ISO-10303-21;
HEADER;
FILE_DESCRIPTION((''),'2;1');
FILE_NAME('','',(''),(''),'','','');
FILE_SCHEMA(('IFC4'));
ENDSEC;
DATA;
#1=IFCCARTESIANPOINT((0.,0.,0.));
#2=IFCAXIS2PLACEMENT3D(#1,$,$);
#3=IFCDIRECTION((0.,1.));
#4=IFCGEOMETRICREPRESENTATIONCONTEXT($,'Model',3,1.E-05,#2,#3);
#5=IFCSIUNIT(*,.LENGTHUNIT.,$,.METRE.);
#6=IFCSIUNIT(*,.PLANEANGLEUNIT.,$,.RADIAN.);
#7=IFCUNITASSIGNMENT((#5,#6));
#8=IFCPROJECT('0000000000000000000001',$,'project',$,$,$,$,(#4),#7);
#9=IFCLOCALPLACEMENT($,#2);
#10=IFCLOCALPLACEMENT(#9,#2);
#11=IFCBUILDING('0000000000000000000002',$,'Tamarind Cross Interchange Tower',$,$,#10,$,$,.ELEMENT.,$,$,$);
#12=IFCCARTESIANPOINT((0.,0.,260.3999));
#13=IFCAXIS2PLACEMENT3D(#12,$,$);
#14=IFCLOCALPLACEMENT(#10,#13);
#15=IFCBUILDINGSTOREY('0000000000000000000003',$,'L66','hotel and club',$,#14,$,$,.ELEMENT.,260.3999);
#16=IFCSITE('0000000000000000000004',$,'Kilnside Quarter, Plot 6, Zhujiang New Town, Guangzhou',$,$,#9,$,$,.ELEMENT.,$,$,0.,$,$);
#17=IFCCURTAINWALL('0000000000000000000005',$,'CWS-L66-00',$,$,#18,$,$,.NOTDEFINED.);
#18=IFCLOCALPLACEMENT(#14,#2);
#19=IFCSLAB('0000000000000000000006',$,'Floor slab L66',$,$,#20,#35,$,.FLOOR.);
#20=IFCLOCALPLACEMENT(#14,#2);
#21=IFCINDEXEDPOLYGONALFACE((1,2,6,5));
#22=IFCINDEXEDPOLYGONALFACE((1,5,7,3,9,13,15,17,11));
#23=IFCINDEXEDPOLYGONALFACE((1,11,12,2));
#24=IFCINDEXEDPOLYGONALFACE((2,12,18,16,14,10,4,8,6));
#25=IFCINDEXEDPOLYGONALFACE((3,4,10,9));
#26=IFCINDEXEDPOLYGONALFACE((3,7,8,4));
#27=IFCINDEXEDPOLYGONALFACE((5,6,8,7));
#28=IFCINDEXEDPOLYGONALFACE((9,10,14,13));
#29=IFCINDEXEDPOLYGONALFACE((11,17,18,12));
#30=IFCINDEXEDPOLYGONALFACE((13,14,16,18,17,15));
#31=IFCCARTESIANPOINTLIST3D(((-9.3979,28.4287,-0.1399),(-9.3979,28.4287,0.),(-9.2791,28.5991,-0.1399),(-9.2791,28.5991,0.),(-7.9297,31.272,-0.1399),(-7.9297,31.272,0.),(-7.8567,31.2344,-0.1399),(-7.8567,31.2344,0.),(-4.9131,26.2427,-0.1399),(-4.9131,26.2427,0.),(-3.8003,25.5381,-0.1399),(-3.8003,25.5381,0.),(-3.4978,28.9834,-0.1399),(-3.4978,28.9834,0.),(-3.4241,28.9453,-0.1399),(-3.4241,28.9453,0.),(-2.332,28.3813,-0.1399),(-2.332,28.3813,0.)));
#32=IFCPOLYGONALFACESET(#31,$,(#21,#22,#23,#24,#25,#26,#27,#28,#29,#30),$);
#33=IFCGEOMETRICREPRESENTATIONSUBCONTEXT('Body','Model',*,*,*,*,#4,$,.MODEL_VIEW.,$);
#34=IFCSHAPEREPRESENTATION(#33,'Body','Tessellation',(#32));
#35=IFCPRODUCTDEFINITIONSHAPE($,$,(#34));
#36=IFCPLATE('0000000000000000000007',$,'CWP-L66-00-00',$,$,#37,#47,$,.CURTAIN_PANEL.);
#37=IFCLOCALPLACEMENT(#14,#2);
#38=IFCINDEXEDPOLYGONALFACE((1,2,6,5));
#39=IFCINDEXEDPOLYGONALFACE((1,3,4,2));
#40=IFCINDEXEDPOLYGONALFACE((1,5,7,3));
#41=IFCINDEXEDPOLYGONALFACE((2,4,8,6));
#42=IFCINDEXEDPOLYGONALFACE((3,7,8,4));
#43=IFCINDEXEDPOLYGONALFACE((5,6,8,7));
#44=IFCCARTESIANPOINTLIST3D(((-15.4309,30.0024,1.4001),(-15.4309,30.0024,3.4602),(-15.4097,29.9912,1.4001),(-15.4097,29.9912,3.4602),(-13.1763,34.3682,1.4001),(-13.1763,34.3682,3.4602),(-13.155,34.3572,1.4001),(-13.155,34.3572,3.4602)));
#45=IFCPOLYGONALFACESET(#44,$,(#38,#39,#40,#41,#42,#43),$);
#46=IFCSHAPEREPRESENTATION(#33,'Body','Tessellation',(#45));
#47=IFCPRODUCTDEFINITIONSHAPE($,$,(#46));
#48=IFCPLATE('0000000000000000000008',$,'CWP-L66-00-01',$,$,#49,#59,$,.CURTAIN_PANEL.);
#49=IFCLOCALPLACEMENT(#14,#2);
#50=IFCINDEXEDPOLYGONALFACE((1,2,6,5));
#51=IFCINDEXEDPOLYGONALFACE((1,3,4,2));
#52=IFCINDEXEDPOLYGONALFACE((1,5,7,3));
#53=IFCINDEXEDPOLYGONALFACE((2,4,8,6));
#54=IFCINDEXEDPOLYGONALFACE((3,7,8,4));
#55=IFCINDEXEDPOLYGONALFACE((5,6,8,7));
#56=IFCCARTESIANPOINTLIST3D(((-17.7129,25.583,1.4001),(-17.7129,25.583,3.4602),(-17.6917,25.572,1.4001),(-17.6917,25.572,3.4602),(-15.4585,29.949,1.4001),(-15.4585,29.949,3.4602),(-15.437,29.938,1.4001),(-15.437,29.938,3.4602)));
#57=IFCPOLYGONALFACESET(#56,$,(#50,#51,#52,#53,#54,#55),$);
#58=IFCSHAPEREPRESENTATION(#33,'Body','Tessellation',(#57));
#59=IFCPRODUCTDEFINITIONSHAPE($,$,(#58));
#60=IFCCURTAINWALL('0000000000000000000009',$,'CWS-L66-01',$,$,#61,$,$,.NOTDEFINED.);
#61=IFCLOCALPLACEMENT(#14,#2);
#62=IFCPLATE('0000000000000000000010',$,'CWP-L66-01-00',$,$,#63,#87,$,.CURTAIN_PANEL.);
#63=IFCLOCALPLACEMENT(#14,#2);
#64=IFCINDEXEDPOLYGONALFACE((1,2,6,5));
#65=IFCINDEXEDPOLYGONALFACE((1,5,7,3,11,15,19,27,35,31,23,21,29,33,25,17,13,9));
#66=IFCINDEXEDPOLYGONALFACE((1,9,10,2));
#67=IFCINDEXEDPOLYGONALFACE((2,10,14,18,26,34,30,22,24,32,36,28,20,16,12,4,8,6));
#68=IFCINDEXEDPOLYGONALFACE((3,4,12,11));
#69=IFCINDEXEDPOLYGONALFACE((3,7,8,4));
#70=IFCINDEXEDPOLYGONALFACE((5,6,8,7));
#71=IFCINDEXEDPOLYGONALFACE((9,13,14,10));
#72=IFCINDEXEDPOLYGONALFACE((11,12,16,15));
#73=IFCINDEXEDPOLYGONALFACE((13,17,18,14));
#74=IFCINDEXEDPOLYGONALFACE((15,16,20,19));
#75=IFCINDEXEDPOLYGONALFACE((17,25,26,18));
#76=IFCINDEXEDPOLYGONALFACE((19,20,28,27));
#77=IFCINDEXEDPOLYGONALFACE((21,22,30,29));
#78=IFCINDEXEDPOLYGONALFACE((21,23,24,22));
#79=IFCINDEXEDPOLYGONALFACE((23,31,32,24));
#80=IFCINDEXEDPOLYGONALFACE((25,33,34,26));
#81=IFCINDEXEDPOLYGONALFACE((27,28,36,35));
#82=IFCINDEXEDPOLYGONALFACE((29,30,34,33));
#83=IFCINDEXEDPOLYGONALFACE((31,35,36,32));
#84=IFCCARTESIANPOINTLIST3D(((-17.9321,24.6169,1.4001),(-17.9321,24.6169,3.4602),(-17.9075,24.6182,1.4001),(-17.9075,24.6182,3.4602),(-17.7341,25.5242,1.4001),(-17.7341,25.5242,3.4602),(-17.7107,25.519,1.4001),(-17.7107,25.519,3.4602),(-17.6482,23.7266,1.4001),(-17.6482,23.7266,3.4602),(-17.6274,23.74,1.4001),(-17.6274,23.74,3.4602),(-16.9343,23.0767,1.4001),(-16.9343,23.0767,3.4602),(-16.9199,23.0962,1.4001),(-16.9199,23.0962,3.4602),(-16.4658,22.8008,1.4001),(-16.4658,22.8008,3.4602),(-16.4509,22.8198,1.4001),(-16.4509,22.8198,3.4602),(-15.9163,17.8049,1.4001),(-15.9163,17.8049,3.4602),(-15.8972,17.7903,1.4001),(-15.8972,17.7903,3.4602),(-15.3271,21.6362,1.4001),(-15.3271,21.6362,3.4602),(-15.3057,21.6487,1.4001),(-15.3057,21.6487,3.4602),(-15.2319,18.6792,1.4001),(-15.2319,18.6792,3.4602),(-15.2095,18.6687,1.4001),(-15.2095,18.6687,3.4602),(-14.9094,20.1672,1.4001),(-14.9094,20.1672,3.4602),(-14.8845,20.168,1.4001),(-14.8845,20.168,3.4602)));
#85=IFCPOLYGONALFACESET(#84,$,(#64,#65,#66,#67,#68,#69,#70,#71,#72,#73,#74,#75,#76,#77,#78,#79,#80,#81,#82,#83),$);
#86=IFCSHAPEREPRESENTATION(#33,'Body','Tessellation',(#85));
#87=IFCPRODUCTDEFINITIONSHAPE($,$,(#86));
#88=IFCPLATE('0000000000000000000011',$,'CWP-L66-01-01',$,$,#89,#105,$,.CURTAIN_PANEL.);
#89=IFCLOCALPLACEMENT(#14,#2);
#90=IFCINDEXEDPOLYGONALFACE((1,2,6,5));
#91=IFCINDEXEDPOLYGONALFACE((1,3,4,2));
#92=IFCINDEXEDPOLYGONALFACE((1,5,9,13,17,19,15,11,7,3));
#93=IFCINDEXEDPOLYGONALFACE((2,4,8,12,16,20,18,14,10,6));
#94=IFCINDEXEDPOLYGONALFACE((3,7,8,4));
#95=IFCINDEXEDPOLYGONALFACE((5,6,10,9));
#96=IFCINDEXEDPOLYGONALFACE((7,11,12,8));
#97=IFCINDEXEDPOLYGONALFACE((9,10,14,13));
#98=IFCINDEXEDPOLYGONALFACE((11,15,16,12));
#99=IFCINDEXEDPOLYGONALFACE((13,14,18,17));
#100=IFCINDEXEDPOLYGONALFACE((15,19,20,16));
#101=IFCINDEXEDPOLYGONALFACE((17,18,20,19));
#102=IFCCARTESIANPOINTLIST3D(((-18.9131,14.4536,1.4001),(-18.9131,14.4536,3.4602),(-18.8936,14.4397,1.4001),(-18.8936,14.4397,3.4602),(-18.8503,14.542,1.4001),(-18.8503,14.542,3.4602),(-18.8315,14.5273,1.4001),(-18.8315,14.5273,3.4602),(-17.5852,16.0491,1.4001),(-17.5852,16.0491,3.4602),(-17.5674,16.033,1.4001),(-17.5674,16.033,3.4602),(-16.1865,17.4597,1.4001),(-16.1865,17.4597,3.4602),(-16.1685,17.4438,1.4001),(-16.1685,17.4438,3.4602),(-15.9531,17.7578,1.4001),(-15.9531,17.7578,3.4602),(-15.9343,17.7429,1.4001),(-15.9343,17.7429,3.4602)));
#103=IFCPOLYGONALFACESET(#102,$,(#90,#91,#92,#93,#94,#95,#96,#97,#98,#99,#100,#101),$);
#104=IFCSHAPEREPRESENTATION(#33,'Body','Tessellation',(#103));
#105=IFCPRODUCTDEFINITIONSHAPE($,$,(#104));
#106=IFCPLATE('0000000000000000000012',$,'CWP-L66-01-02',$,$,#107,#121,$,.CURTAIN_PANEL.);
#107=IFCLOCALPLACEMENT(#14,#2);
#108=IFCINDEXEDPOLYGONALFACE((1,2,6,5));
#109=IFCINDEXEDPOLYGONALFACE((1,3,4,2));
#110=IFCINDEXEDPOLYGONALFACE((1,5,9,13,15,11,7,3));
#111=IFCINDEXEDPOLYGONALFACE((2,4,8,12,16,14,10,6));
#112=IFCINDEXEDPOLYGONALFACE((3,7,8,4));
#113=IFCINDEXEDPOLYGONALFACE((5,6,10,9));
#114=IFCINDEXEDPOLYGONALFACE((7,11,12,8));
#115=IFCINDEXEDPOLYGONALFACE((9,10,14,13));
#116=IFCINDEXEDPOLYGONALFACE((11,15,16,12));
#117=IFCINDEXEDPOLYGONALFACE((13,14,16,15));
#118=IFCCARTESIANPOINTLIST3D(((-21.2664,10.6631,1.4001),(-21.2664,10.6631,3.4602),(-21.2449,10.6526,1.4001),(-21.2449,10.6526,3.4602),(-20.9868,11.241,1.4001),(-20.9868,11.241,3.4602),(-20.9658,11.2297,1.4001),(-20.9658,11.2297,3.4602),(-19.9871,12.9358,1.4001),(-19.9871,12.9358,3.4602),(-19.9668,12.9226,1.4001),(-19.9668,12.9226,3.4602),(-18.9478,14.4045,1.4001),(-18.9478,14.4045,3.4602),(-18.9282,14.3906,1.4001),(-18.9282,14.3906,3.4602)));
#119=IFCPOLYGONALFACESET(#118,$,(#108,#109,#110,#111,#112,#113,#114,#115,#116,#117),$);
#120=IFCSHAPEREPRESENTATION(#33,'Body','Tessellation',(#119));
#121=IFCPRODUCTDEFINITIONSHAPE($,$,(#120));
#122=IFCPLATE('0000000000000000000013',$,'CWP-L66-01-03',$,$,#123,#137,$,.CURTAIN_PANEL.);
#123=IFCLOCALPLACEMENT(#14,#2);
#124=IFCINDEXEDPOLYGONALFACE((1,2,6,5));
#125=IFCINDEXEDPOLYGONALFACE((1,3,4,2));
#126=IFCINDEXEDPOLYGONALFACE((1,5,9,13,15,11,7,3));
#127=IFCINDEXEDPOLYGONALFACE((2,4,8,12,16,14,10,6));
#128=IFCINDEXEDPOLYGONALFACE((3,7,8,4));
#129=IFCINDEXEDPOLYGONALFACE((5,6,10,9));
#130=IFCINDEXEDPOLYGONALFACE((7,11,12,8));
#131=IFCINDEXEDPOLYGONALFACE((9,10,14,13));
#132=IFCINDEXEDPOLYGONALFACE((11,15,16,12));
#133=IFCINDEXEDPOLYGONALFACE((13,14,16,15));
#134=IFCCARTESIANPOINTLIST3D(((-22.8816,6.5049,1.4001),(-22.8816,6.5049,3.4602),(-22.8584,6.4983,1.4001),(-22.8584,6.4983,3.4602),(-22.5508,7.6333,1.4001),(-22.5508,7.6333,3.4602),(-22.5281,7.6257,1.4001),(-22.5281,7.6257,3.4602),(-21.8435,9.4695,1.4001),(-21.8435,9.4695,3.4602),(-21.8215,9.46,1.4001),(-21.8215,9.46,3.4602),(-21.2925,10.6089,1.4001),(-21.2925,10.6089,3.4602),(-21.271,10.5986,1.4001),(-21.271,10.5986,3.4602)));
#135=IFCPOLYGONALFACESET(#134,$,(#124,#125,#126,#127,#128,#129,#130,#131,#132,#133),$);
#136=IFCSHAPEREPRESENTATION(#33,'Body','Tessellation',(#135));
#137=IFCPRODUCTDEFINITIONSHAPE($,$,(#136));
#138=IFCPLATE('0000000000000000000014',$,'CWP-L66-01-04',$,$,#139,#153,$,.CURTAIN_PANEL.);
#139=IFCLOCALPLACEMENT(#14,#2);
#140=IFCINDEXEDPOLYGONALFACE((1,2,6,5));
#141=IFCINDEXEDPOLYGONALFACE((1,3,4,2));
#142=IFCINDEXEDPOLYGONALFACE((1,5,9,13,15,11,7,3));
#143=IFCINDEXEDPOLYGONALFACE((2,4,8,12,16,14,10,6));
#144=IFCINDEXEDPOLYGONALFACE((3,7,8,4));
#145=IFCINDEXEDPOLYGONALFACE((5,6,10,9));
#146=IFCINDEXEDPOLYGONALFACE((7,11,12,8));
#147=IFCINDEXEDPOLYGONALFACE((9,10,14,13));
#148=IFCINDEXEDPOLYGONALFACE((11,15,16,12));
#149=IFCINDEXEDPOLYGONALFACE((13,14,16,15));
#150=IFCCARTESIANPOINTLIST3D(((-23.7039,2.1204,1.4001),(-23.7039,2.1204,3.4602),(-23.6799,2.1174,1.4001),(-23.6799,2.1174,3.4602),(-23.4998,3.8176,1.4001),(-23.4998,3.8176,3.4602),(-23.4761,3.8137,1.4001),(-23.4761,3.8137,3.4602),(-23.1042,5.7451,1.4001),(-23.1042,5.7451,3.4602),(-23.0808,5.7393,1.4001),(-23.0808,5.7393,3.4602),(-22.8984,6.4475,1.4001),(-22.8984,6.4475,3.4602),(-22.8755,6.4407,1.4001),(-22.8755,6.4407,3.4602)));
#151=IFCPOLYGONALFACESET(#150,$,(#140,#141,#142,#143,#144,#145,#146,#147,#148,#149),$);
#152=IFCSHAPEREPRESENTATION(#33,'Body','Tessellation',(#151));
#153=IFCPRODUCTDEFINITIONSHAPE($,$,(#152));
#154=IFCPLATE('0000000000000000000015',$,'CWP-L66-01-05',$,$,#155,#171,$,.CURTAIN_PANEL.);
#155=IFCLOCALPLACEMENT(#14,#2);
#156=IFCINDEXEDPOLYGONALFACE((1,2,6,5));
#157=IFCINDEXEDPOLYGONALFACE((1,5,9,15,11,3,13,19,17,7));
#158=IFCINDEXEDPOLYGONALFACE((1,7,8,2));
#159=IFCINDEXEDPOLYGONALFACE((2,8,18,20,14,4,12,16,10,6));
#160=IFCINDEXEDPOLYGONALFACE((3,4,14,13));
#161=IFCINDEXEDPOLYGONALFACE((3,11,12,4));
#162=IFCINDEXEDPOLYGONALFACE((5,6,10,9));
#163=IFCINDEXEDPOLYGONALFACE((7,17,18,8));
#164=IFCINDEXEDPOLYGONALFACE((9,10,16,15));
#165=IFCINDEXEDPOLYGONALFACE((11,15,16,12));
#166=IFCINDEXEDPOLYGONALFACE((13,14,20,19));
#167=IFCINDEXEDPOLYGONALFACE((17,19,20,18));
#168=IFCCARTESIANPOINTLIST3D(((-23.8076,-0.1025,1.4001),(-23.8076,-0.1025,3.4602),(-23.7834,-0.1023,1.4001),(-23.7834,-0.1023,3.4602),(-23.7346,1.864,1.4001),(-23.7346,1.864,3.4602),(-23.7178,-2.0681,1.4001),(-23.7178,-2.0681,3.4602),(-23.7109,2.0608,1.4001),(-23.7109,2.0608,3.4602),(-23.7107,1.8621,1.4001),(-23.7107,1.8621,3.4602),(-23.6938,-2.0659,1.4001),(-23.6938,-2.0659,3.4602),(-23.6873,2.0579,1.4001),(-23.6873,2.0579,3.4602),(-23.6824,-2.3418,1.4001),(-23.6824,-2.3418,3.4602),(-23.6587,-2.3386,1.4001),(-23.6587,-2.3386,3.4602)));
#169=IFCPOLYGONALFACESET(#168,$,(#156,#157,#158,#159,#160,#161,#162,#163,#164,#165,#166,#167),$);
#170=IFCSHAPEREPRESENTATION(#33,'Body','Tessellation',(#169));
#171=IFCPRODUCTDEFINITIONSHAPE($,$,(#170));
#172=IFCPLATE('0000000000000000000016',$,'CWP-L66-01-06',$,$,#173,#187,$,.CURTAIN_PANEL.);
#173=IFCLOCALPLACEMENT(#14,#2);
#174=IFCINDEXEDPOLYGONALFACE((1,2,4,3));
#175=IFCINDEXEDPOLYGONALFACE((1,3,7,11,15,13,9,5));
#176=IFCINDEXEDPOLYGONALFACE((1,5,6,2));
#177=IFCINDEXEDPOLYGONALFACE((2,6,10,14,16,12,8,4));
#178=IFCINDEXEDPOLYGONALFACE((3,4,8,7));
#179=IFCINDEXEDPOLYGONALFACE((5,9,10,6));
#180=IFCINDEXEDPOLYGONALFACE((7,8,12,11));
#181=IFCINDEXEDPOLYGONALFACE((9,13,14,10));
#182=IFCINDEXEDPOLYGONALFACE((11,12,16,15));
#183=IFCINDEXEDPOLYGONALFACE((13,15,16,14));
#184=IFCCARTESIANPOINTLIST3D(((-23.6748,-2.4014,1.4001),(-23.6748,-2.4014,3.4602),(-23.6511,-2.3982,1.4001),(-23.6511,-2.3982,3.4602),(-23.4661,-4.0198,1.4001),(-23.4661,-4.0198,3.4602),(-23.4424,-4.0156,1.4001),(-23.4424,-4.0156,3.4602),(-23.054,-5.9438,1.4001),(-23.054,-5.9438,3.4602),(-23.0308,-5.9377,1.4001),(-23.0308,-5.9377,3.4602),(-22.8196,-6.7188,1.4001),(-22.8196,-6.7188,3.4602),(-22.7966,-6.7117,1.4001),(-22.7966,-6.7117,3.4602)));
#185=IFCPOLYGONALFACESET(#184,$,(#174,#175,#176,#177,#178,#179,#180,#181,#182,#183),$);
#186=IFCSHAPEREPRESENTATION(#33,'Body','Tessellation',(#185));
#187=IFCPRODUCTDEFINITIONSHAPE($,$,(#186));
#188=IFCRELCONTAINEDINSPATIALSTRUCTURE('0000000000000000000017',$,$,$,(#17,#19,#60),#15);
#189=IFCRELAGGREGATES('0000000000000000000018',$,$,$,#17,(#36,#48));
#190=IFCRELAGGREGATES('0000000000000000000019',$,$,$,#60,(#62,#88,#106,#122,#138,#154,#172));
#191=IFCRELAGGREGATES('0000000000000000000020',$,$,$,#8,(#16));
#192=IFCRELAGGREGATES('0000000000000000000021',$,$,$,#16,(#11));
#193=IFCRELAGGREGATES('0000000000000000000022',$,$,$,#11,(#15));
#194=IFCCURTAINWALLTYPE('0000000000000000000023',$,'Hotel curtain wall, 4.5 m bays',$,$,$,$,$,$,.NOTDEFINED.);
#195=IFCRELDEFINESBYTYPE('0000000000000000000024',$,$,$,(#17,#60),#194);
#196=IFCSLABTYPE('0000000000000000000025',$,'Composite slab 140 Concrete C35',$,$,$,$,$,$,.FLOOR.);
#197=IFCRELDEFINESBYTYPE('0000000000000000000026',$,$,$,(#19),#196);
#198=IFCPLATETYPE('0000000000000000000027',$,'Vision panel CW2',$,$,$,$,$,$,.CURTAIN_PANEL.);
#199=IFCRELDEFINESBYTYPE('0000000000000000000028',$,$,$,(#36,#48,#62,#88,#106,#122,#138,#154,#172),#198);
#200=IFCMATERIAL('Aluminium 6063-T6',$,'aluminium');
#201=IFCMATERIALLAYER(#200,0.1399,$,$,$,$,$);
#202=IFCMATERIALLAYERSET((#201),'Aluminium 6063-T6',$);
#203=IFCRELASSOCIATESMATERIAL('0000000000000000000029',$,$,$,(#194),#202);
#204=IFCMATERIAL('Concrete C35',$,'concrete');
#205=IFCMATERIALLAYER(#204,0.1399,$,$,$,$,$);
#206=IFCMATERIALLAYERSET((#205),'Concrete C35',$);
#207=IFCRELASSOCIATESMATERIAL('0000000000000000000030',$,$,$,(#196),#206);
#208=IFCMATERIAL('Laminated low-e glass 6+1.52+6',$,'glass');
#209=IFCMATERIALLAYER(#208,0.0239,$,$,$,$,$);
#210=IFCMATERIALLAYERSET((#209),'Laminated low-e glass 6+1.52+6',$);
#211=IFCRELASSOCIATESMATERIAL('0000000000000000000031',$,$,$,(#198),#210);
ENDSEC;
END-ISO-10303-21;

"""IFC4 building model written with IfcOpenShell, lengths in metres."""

from ifc_helpers import new_model, si_unit, direction, frame, origin, place, context, subcontext, project, spatial, polyline, outline, extrude, material, layer, layer_set, type_object, element, aggregate, save


model = new_model("IFC4")

# Units and contexts
model_context = context("Model", 3, precision=1e-05, world=origin(), true_north=direction((0.0, 1.0)))
body_context = subcontext(model_context, "Body", "Model", "MODEL_VIEW")
ifc_project = project(units=[si_unit("LENGTHUNIT", "METRE"), si_unit("PLANEANGLEUNIT", "RADIAN")], contexts=[model_context])

# Site, building, storey
site_placement = place(None, origin())
site = spatial("IfcSite", under=ifc_project, at=site_placement, Name="Kilnside Quarter, Plot 6, Zhujiang New Town, Guangzhou", CompositionType="ELEMENT", RefElevation=0.0)
building_placement = place(site_placement, origin())
building = spatial("IfcBuilding", under=site, at=building_placement, Name="Tamarind Cross Interchange Tower", CompositionType="ELEMENT")
storey_placement = place(building_placement, frame((0.0, 0.0, 260.3999)))
storey = spatial("IfcBuildingStorey", under=building, at=storey_placement, Name="L66", Description="hotel and club", CompositionType="ELEMENT", Elevation=260.3999)

# Curtain wall
ifc_material_1 = material(Name="Aluminium 6063-T6", Category="aluminium")
ifc_layer_1 = layer(ifc_material_1, 0.1399)
ifc_layer_set_1 = layer_set([ifc_layer_1], Name="Aluminium 6063-T6")
curtain_wall_type = type_object("IfcCurtainWallType", Name="Hotel curtain wall, 4.5 m bays", PredefinedType="NOTDEFINED", material=ifc_layer_set_1)
curtain_wall_1_placement = place(storey_placement, origin())
curtain_wall_1 = element("IfcCurtainWall", 1, at=curtain_wall_1_placement, inside=storey, type_object=curtain_wall_type, Name="CWS-L66-00", PredefinedType="NOTDEFINED")

# Slab
ifc_material_2 = material(Name="Concrete C35", Category="concrete")
ifc_layer_2 = layer(ifc_material_2, 0.1399)
ifc_layer_set_2 = layer_set([ifc_layer_2], Name="Concrete C35")
slab_type = type_object("IfcSlabType", Name="Composite slab 140 Concrete C35", PredefinedType="FLOOR", material=ifc_layer_set_2)
slab_1_placement = place(storey_placement, frame((0.0, 0.0, -0.1399)))
element("IfcSlab", 2, at=slab_1_placement, inside=storey, type_object=slab_type, Name="Floor slab L66", PredefinedType="FLOOR", context=body_context, shape_type="SweptSolid", body=[
    extrude(outline(polyline([(-3.8003, 25.5381), (-2.332, 28.3813), (-3.4241, 28.9453), (-3.4978, 28.9834), (-4.9131, 26.2427), (-9.2791, 28.5991), (-7.8567, 31.2344), (-7.9297, 31.272), (-9.3979, 28.4287), (-3.8003, 25.5381)])), origin(), (0.0, 0.0, 1.0), 0.1399),
])

# Plates
ifc_material_3 = material(Name="Laminated low-e glass 6+1.52+6", Category="glass")
ifc_layer_3 = layer(ifc_material_3, 0.0239)
ifc_layer_set_3 = layer_set([ifc_layer_3], Name="Laminated low-e glass 6+1.52+6")
plate_type = type_object("IfcPlateType", Name="Vision panel CW2", PredefinedType="CURTAIN_PANEL", material=ifc_layer_set_3)
plate_1_placement = place(storey_placement, frame((0.0, 0.0, 1.4001)))
plate_1 = element("IfcPlate", 3, at=plate_1_placement, type_object=plate_type, Name="CWP-L66-00-00", PredefinedType="CURTAIN_PANEL", context=body_context, shape_type="SweptSolid", body=[
    extrude(outline(polyline([(-13.155, 34.3572), (-15.4097, 29.9912), (-15.4309, 30.0024), (-13.1763, 34.3682), (-13.155, 34.3572)])), origin(), (0.0, 0.0, 1.0), 2.0601),
])
plate_2_placement = place(storey_placement, frame((0.0, 0.0, 1.4001)))
plate_2 = element("IfcPlate", 4, at=plate_2_placement, type_object=plate_type, Name="CWP-L66-00-01", PredefinedType="CURTAIN_PANEL", context=body_context, shape_type="SweptSolid", body=[
    extrude(outline(polyline([(-15.437, 29.938), (-17.6917, 25.572), (-17.7129, 25.583), (-15.4585, 29.949), (-15.437, 29.938)])), origin(), (0.0, 0.0, 1.0), 2.0601),
])
aggregate(curtain_wall_1, [plate_1, plate_2])

# Curtain wall, plates
curtain_wall_2_placement = place(storey_placement, origin())
curtain_wall_2 = element("IfcCurtainWall", 5, at=curtain_wall_2_placement, inside=storey, type_object=curtain_wall_type, Name="CWS-L66-01", PredefinedType="NOTDEFINED")
plate_3_placement = place(storey_placement, frame((0.0, 0.0, 1.4001)))
plate_3 = element("IfcPlate", 6, at=plate_3_placement, type_object=plate_type, Name="CWP-L66-01-00", PredefinedType="CURTAIN_PANEL", context=body_context, shape_type="SweptSolid", body=[
    extrude(outline(polyline([(-17.7107, 25.519), (-17.9075, 24.6182), (-17.6274, 23.74), (-16.9199, 23.0962), (-16.4509, 22.8198), (-15.3057, 21.6487), (-14.8845, 20.168), (-15.2095, 18.6687), (-15.8972, 17.7903), (-15.9163, 17.8049), (-15.2319, 18.6792), (-14.9094, 20.1672), (-15.3271, 21.6362), (-16.4658, 22.8008), (-16.9343, 23.0767), (-17.6482, 23.7266), (-17.9321, 24.6169), (-17.7341, 25.5242), (-17.7107, 25.519)])), origin(), (0.0, 0.0, 1.0), 2.0601),
])
plate_4_placement = place(storey_placement, frame((0.0, 0.0, 1.4001)))
plate_4 = element("IfcPlate", 7, at=plate_4_placement, type_object=plate_type, Name="CWP-L66-01-01", PredefinedType="CURTAIN_PANEL", context=body_context, shape_type="SweptSolid", body=[
    extrude(outline(polyline([(-15.9343, 17.7429), (-16.1685, 17.4438), (-17.5674, 16.033), (-18.8315, 14.5273), (-18.8936, 14.4397), (-18.9131, 14.4536), (-18.8503, 14.542), (-17.5852, 16.0491), (-16.1865, 17.4597), (-15.9531, 17.7578), (-15.9343, 17.7429)])), origin(), (0.0, 0.0, 1.0), 2.0601),
])
plate_5_placement = place(storey_placement, frame((0.0, 0.0, 1.4001)))
plate_5 = element("IfcPlate", 8, at=plate_5_placement, type_object=plate_type, Name="CWP-L66-01-02", PredefinedType="CURTAIN_PANEL", context=body_context, shape_type="SweptSolid", body=[
    extrude(outline(polyline([(-18.9282, 14.3906), (-19.9668, 12.9226), (-20.9658, 11.2297), (-21.2449, 10.6526), (-21.2664, 10.6631), (-20.9868, 11.241), (-19.9871, 12.9358), (-18.9478, 14.4045), (-18.9282, 14.3906)])), origin(), (0.0, 0.0, 1.0), 2.0601),
])
plate_6_placement = place(storey_placement, frame((0.0, 0.0, 1.4001)))
plate_6 = element("IfcPlate", 9, at=plate_6_placement, type_object=plate_type, Name="CWP-L66-01-03", PredefinedType="CURTAIN_PANEL", context=body_context, shape_type="SweptSolid", body=[
    extrude(outline(polyline([(-21.271, 10.5986), (-21.8215, 9.46), (-22.5281, 7.6257), (-22.8584, 6.4983), (-22.8816, 6.5049), (-22.5508, 7.6333), (-21.8435, 9.4695), (-21.2925, 10.6089), (-21.271, 10.5986)])), origin(), (0.0, 0.0, 1.0), 2.0601),
])
plate_7_placement = place(storey_placement, frame((0.0, 0.0, 1.4001)))
plate_7 = element("IfcPlate", 10, at=plate_7_placement, type_object=plate_type, Name="CWP-L66-01-04", PredefinedType="CURTAIN_PANEL", context=body_context, shape_type="SweptSolid", body=[
    extrude(outline(polyline([(-22.8755, 6.4407), (-23.0808, 5.7393), (-23.4761, 3.8137), (-23.6799, 2.1174), (-23.7039, 2.1204), (-23.4998, 3.8176), (-23.1042, 5.7451), (-22.8984, 6.4475), (-22.8755, 6.4407)])), origin(), (0.0, 0.0, 1.0), 2.0601),
])
plate_8_placement = place(storey_placement, frame((0.0, 0.0, 1.4001)))
plate_8 = element("IfcPlate", 11, at=plate_8_placement, type_object=plate_type, Name="CWP-L66-01-05", PredefinedType="CURTAIN_PANEL", context=body_context, shape_type="SweptSolid", body=[
    extrude(outline(polyline([(-23.6873, 2.0579), (-23.7107, 1.8621), (-23.7834, -0.1023), (-23.6938, -2.0659), (-23.6587, -2.3386), (-23.6824, -2.3418), (-23.7178, -2.0681), (-23.8076, -0.1025), (-23.7346, 1.864), (-23.7109, 2.0608), (-23.6873, 2.0579)])), origin(), (0.0, 0.0, 1.0), 2.0601),
])
plate_9_placement = place(storey_placement, frame((0.0, 0.0, 1.4001)))
plate_9 = element("IfcPlate", 12, at=plate_9_placement, type_object=plate_type, Name="CWP-L66-01-06", PredefinedType="CURTAIN_PANEL", context=body_context, shape_type="SweptSolid", body=[
    extrude(outline(polyline([(-23.6511, -2.3982), (-23.4424, -4.0156), (-23.0308, -5.9377), (-22.7966, -6.7117), (-22.8196, -6.7188), (-23.054, -5.9438), (-23.4661, -4.0198), (-23.6748, -2.4014), (-23.6511, -2.3982)])), origin(), (0.0, 0.0, 1.0), 2.0601),
])
aggregate(curtain_wall_2, [plate_3, plate_4, plate_5, plate_6, plate_7, plate_8, plate_9])

save(model, "model.ifc")
